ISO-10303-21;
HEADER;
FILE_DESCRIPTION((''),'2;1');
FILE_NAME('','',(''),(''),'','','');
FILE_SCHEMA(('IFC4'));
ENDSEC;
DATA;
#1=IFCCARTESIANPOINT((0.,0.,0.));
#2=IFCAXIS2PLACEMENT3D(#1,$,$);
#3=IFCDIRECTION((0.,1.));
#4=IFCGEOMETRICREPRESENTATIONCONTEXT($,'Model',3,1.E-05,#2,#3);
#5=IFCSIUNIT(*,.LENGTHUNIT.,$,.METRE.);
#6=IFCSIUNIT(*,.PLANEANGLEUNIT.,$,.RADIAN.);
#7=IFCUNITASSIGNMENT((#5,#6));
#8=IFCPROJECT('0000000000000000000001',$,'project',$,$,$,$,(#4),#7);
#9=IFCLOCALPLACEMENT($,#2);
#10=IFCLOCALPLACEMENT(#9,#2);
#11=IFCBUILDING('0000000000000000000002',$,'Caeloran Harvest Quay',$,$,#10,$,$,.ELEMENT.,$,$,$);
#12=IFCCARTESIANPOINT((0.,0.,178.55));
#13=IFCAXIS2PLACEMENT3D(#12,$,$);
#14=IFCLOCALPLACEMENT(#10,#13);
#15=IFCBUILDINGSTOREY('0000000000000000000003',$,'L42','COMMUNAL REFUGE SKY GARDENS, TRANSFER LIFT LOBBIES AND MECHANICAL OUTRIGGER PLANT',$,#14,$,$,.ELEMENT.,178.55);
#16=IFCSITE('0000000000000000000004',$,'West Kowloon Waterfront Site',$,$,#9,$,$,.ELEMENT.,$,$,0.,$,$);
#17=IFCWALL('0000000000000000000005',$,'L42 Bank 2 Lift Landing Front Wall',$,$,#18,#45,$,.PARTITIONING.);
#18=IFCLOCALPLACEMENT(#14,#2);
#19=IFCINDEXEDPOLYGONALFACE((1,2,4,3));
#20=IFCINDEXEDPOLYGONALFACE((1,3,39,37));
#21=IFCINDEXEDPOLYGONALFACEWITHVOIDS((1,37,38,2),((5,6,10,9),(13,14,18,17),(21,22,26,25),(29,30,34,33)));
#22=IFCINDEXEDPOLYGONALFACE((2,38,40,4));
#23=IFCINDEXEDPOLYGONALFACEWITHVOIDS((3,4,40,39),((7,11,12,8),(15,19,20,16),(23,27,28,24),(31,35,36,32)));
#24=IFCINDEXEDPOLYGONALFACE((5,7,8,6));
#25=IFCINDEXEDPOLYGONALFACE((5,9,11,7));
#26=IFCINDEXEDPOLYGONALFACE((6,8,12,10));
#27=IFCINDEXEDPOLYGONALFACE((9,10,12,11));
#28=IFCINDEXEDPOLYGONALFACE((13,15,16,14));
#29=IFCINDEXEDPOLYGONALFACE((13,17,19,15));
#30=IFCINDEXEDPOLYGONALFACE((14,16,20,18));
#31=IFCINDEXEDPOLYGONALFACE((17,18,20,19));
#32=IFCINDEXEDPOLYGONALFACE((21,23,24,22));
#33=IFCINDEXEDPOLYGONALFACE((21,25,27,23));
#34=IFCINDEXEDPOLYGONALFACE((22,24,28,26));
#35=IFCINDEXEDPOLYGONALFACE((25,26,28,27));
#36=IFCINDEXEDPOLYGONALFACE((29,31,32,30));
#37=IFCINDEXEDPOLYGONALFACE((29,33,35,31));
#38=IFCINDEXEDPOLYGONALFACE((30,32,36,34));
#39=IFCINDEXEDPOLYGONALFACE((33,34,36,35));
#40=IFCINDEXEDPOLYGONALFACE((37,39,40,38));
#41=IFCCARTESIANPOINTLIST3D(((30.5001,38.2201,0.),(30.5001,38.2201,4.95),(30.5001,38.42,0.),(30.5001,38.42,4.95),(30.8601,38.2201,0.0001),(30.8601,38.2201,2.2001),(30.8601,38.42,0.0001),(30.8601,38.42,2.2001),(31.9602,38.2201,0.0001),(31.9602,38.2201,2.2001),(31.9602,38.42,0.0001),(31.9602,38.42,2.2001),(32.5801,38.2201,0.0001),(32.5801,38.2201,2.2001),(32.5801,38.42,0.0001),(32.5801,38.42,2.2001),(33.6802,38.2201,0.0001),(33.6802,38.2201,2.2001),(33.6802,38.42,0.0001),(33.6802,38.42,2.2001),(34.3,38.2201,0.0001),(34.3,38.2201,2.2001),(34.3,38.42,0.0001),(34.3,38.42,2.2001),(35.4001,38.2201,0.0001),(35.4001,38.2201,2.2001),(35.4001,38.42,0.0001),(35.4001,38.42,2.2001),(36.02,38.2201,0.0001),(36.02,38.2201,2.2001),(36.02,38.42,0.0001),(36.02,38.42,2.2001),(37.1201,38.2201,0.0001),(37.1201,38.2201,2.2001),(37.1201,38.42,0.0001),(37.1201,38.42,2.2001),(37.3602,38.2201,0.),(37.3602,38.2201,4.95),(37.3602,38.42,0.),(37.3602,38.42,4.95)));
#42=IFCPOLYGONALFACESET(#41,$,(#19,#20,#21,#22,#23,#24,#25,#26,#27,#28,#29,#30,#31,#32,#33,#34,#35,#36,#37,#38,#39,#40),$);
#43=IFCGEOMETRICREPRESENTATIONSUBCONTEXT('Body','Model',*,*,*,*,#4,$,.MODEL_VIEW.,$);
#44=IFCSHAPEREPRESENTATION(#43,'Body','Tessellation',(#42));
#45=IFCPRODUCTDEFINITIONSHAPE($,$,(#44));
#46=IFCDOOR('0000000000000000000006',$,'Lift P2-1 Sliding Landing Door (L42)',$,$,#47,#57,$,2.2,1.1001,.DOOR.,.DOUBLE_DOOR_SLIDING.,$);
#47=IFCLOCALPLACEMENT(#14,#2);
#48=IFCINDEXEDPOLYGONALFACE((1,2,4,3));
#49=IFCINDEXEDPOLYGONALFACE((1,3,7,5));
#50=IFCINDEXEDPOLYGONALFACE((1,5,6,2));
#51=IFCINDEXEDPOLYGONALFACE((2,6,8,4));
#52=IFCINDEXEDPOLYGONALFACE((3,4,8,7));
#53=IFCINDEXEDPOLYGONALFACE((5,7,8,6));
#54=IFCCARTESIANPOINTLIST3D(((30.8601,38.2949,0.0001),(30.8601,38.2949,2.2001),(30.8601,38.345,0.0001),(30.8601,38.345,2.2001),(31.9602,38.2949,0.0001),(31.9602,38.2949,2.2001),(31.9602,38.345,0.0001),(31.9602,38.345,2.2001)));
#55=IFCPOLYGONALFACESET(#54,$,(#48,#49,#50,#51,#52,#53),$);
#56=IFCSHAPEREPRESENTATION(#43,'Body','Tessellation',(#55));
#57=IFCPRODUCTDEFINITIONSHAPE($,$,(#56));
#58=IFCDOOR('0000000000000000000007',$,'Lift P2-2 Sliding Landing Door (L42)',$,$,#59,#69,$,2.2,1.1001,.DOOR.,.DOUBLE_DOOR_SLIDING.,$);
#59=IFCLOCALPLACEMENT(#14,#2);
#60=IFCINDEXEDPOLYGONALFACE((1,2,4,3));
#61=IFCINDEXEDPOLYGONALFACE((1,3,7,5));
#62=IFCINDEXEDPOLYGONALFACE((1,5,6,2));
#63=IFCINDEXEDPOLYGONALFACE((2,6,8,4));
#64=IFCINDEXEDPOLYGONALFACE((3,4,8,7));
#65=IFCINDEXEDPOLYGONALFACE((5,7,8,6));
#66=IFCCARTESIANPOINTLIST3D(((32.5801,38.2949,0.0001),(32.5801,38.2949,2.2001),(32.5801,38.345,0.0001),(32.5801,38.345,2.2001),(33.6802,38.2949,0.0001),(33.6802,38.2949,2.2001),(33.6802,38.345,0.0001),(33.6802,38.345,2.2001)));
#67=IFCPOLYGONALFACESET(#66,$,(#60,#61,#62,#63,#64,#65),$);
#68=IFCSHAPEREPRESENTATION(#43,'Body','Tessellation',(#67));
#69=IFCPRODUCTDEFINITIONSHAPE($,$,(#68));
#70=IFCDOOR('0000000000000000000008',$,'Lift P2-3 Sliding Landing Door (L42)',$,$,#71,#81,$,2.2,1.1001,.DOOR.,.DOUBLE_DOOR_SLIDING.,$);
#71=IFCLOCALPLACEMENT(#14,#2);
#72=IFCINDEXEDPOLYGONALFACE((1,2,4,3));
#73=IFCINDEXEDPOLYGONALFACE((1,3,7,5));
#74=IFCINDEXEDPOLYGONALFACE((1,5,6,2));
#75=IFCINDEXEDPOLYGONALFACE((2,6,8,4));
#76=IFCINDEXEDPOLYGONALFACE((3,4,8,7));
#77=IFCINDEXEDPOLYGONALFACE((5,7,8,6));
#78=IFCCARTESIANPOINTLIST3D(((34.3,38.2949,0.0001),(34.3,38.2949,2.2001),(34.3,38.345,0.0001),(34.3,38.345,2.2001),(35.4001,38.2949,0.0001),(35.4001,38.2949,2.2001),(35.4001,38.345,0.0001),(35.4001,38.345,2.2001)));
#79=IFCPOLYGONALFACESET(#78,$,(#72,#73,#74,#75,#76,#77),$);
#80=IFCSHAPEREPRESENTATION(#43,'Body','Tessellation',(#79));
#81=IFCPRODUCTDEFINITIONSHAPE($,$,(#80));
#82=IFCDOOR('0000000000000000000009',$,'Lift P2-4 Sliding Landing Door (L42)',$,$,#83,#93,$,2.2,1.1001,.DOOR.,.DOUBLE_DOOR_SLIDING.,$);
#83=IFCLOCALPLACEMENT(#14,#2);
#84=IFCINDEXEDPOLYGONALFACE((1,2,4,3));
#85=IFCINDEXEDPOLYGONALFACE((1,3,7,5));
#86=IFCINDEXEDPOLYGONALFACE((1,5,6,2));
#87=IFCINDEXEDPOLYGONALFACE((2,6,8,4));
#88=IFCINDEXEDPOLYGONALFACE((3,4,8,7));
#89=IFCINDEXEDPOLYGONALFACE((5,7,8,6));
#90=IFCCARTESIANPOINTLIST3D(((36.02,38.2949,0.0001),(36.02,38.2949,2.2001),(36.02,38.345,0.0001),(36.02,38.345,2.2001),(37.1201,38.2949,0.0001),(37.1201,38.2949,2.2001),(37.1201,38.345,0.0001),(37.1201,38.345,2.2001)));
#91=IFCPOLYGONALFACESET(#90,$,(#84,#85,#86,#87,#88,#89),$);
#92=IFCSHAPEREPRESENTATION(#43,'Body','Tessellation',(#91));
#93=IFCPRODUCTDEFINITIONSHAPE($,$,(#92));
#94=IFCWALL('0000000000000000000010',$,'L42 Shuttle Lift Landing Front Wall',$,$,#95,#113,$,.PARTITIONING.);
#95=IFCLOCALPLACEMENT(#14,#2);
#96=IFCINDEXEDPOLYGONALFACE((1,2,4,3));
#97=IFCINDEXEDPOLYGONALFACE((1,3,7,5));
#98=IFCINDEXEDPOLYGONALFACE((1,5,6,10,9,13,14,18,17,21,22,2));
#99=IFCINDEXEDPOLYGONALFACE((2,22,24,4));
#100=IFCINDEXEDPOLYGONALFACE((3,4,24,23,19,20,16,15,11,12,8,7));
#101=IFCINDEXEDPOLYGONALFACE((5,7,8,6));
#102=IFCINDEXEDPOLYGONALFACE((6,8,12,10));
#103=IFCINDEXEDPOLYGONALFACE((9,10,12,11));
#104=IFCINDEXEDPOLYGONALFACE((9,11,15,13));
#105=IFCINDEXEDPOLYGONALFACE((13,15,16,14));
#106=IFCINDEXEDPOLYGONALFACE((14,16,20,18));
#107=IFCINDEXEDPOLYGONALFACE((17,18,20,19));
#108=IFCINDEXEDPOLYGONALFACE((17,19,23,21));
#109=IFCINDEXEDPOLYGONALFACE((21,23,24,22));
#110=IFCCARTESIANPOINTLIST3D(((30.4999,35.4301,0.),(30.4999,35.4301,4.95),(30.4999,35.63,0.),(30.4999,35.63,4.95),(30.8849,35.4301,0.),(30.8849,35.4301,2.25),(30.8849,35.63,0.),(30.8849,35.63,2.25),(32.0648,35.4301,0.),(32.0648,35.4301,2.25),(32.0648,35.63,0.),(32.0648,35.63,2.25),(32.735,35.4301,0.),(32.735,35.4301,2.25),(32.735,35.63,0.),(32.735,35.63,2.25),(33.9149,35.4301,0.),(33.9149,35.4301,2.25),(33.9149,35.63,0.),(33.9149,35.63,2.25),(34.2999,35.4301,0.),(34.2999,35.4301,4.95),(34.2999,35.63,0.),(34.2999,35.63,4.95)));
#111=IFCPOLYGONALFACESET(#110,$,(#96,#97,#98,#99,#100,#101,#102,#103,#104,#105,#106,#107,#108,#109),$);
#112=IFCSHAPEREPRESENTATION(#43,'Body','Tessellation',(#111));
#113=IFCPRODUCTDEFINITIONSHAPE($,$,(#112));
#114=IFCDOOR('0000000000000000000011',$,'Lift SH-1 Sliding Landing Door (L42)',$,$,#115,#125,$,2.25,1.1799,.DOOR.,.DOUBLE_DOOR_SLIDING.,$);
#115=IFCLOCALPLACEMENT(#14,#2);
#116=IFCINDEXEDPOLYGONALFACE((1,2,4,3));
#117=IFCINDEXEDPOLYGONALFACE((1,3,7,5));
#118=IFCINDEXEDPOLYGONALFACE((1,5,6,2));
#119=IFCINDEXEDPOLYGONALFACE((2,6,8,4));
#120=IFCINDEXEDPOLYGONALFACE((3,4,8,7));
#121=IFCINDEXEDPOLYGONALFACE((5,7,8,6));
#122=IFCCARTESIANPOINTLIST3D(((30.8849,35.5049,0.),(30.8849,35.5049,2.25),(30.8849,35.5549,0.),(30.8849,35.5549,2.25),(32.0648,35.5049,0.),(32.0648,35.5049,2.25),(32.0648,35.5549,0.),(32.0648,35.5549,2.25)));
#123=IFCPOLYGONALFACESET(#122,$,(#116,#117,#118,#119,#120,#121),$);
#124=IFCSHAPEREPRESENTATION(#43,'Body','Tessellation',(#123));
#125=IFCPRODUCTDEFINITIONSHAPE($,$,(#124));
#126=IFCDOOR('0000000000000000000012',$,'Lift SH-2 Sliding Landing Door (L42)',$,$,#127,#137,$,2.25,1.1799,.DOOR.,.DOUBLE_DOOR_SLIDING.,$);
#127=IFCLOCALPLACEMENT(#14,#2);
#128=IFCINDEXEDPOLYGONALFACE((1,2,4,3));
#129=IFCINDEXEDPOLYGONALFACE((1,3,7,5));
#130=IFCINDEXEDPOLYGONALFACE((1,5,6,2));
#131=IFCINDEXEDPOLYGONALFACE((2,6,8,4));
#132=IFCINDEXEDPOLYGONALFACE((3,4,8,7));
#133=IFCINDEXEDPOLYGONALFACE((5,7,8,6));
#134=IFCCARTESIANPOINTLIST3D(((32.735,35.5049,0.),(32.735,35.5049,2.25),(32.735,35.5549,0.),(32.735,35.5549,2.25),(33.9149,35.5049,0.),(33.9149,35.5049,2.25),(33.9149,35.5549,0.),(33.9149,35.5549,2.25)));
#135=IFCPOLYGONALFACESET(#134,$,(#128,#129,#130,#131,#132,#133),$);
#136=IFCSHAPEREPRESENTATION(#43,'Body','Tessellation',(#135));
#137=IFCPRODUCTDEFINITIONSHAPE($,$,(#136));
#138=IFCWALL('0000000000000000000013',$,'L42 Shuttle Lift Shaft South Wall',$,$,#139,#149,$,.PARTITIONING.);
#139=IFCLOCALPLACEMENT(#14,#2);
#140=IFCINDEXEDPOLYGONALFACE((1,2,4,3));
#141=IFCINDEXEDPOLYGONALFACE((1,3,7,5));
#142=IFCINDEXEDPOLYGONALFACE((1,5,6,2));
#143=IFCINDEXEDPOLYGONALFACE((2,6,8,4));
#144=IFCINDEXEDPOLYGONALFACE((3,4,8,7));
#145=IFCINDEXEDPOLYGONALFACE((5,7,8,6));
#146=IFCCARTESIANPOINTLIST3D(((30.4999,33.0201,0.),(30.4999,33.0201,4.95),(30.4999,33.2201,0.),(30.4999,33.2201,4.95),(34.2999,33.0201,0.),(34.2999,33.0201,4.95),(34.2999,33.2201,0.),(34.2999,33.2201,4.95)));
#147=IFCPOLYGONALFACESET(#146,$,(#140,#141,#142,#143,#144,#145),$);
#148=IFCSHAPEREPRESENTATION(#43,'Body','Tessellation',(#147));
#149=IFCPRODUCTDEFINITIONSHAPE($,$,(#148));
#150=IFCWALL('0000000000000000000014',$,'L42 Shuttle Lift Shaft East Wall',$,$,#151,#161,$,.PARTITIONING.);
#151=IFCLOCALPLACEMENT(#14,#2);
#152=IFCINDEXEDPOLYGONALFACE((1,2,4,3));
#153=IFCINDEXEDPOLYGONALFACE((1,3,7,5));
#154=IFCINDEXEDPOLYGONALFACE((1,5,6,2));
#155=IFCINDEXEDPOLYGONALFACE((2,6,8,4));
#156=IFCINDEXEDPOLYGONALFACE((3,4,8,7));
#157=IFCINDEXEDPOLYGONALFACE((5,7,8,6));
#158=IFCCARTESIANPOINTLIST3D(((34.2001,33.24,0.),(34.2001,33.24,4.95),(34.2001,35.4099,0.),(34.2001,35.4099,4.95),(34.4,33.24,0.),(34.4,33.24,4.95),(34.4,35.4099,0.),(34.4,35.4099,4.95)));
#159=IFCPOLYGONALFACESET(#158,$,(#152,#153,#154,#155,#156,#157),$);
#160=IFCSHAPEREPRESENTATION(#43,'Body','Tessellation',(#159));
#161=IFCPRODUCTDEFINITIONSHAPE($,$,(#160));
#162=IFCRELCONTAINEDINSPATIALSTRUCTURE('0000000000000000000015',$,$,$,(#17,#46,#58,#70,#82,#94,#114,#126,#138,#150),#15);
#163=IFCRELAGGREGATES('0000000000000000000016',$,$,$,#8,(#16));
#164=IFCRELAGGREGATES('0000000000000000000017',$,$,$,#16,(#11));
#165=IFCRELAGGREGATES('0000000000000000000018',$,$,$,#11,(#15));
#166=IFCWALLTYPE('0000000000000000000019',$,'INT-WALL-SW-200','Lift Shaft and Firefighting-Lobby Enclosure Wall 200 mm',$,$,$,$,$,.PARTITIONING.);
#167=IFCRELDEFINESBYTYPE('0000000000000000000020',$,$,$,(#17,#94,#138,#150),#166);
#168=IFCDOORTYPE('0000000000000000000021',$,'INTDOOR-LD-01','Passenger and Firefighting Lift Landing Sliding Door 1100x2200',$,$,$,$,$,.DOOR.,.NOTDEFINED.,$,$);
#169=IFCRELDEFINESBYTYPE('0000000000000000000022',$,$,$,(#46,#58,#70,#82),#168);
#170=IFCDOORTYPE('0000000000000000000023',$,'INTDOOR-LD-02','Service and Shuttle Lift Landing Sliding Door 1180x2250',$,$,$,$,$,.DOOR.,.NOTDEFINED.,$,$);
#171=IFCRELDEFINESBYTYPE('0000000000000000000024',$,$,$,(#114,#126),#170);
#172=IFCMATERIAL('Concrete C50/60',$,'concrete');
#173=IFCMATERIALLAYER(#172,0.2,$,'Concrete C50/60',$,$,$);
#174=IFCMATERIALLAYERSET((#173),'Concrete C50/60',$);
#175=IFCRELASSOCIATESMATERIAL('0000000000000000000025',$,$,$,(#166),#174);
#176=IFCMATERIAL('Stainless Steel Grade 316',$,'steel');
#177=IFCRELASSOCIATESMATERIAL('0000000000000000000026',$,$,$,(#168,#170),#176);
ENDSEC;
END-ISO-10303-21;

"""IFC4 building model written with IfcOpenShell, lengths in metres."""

from ifc_helpers import new_model, si_unit, direction, frame, frame_2d, origin, place, context, subcontext, project, spatial, rectangle, extrude, material, layer, layer_set, type_object, element, fill, save


model = new_model("IFC4")

# Units and contexts
model_context = context("Model", 3, precision=1e-05, world=origin(), true_north=direction((0.0, 1.0)))
body_context = subcontext(model_context, "Body", "Model", "MODEL_VIEW")
ifc_project = project(units=[si_unit("LENGTHUNIT", "METRE"), si_unit("PLANEANGLEUNIT", "RADIAN")], contexts=[model_context])

# Site, building, storey
site_placement = place(None, origin())
site = spatial("IfcSite", under=ifc_project, at=site_placement, Name="West Kowloon Waterfront Site", CompositionType="ELEMENT", RefElevation=0.0)
building_placement = place(site_placement, origin())
building = spatial("IfcBuilding", under=site, at=building_placement, Name="Caeloran Harvest Quay", CompositionType="ELEMENT")
storey_placement = place(building_placement, frame((0.0, 0.0, 178.55)))
storey = spatial("IfcBuildingStorey", under=building, at=storey_placement, Name="L42", Description="COMMUNAL REFUGE SKY GARDENS, TRANSFER LIFT LOBBIES AND MECHANICAL OUTRIGGER PLANT", CompositionType="ELEMENT", Elevation=178.55)

# Shared definitions
ifc_material_1 = material(Name="Concrete C50/60", Category="concrete")
ifc_layer_1 = layer(ifc_material_1, 0.2, Name="Concrete C50/60")
ifc_layer_set_1 = layer_set([ifc_layer_1], Name="Concrete C50/60")
wall_type_1 = type_object("IfcWallType", Name="INT-WALL-SW-200", Description="Lift Shaft and Firefighting-Lobby Enclosure Wall 200 mm", PredefinedType="PARTITIONING", material=ifc_layer_set_1)

# Walls, openings, doors
wall_1_placement = place(storey_placement, frame((30.5, 38.3201, 0.0), z_axis=(0.0, 0.0, 1.0), x_axis=(1.0, 0.0, 0.0)))
wall_1 = element("IfcWall", 1, at=wall_1_placement, inside=storey, type_object=wall_type_1, Name="L42 Bank 2 Lift Landing Front Wall", PredefinedType="PARTITIONING", context=body_context, shape_type="SweptSolid", body=[
    extrude(rectangle(XDim=6.8601, YDim=0.2, at=frame_2d((3.4302, 0.0))), origin(), (0.0, 0.0, 1.0), 4.95),
])
opening_1_placement = place(wall_1_placement, frame((0.3601, 0.0, 0.0)))
opening_1 = element("IfcOpeningElement", 2, at=opening_1_placement, cuts=wall_1, PredefinedType="OPENING", context=body_context, shape_type="SweptSolid", body=[
    extrude(rectangle(XDim=1.1001, YDim=2.2, at=frame_2d((0.55, 1.1001))), frame((0.0, 0.1099, 0.0), z_axis=(0.0, -1.0, 0.0), x_axis=(1.0, 0.0, 0.0)), (0.0, 0.0, 1.0), 0.22),
])
opening_2_placement = place(wall_1_placement, frame((2.0801, 0.0, 0.0)))
opening_2 = element("IfcOpeningElement", 3, at=opening_2_placement, cuts=wall_1, PredefinedType="OPENING", context=body_context, shape_type="SweptSolid", body=[
    extrude(rectangle(XDim=1.1001, YDim=2.2, at=frame_2d((0.55, 1.1001))), frame((0.0, 0.1099, 0.0), z_axis=(0.0, -1.0, 0.0), x_axis=(1.0, 0.0, 0.0)), (0.0, 0.0, 1.0), 0.22),
])
opening_3_placement = place(wall_1_placement, frame((3.8, 0.0, 0.0)))
opening_3 = element("IfcOpeningElement", 4, at=opening_3_placement, cuts=wall_1, PredefinedType="OPENING", context=body_context, shape_type="SweptSolid", body=[
    extrude(rectangle(XDim=1.1001, YDim=2.2, at=frame_2d((0.55, 1.1001))), frame((0.0, 0.1099, 0.0), z_axis=(0.0, -1.0, 0.0), x_axis=(1.0, 0.0, 0.0)), (0.0, 0.0, 1.0), 0.22),
])
opening_4_placement = place(wall_1_placement, frame((5.52, 0.0, 0.0)))
opening_4 = element("IfcOpeningElement", 5, at=opening_4_placement, cuts=wall_1, PredefinedType="OPENING", context=body_context, shape_type="SweptSolid", body=[
    extrude(rectangle(XDim=1.1001, YDim=2.2, at=frame_2d((0.55, 1.1001))), frame((0.0, 0.1099, 0.0), z_axis=(0.0, -1.0, 0.0), x_axis=(1.0, 0.0, 0.0)), (0.0, 0.0, 1.0), 0.22),
])
ifc_material_2 = material(Name="Stainless Steel Grade 316", Category="steel")
door_type_1 = type_object("IfcDoorType", Name="INTDOOR-LD-01", Description="Passenger and Firefighting Lift Landing Sliding Door 1100x2200", OperationType="NOTDEFINED", PredefinedType="DOOR", material=ifc_material_2)
door_1_placement = place(opening_1_placement, origin())
door_1 = element("IfcDoor", 6, at=door_1_placement, inside=storey, type_object=door_type_1, Name="Lift P2-1 Sliding Landing Door (L42)", OperationType="DOUBLE_DOOR_SLIDING", OverallHeight=2.2, OverallWidth=1.1001, PredefinedType="DOOR", context=body_context, shape_type="SweptSolid", body=[
    extrude(rectangle(XDim=1.1001, YDim=2.2, at=frame_2d((0.55, 1.1001))), frame((0.0, 0.0249, 0.0), z_axis=(0.0, -1.0, 0.0), x_axis=(1.0, 0.0, 0.0)), (0.0, 0.0, 1.0), 0.05),
])
fill(opening_1, door_1)
door_2_placement = place(opening_2_placement, origin())
door_2 = element("IfcDoor", 7, at=door_2_placement, inside=storey, type_object=door_type_1, Name="Lift P2-2 Sliding Landing Door (L42)", OperationType="DOUBLE_DOOR_SLIDING", OverallHeight=2.2, OverallWidth=1.1001, PredefinedType="DOOR", context=body_context, shape_type="SweptSolid", body=[
    extrude(rectangle(XDim=1.1001, YDim=2.2, at=frame_2d((0.55, 1.1001))), frame((0.0, 0.0249, 0.0), z_axis=(0.0, -1.0, 0.0), x_axis=(1.0, 0.0, 0.0)), (0.0, 0.0, 1.0), 0.05),
])
fill(opening_2, door_2)
door_3_placement = place(opening_3_placement, origin())
door_3 = element("IfcDoor", 8, at=door_3_placement, inside=storey, type_object=door_type_1, Name="Lift P2-3 Sliding Landing Door (L42)", OperationType="DOUBLE_DOOR_SLIDING", OverallHeight=2.2, OverallWidth=1.1001, PredefinedType="DOOR", context=body_context, shape_type="SweptSolid", body=[
    extrude(rectangle(XDim=1.1001, YDim=2.2, at=frame_2d((0.55, 1.1001))), frame((0.0, 0.0249, 0.0), z_axis=(0.0, -1.0, 0.0), x_axis=(1.0, 0.0, 0.0)), (0.0, 0.0, 1.0), 0.05),
])
fill(opening_3, door_3)
door_4_placement = place(opening_4_placement, origin())
door_4 = element("IfcDoor", 9, at=door_4_placement, inside=storey, type_object=door_type_1, Name="Lift P2-4 Sliding Landing Door (L42)", OperationType="DOUBLE_DOOR_SLIDING", OverallHeight=2.2, OverallWidth=1.1001, PredefinedType="DOOR", context=body_context, shape_type="SweptSolid", body=[
    extrude(rectangle(XDim=1.1001, YDim=2.2, at=frame_2d((0.55, 1.1001))), frame((0.0, 0.0249, 0.0), z_axis=(0.0, -1.0, 0.0), x_axis=(1.0, 0.0, 0.0)), (0.0, 0.0, 1.0), 0.05),
])
fill(opening_4, door_4)
wall_2_placement = place(storey_placement, frame((30.5, 35.53, 0.0), z_axis=(0.0, 0.0, 1.0), x_axis=(1.0, 0.0, 0.0)))
wall_2 = element("IfcWall", 10, at=wall_2_placement, inside=storey, type_object=wall_type_1, Name="L42 Shuttle Lift Landing Front Wall", PredefinedType="PARTITIONING", context=body_context, shape_type="SweptSolid", body=[
    extrude(rectangle(XDim=3.8, YDim=0.2, at=frame_2d((1.8999, 0.0))), origin(), (0.0, 0.0, 1.0), 4.95),
])
opening_5_placement = place(wall_2_placement, frame((0.385, 0.0, 0.0)))
opening_5 = element("IfcOpeningElement", 11, at=opening_5_placement, cuts=wall_2, PredefinedType="OPENING", context=body_context, shape_type="SweptSolid", body=[
    extrude(rectangle(XDim=1.1799, YDim=2.25, at=frame_2d((0.5898, 1.125))), frame((0.0, 0.1099, 0.0), z_axis=(0.0, -1.0, 0.0), x_axis=(1.0, 0.0, 0.0)), (0.0, 0.0, 1.0), 0.22),
])
opening_6_placement = place(wall_2_placement, frame((2.2351, 0.0, 0.0)))
opening_6 = element("IfcOpeningElement", 12, at=opening_6_placement, cuts=wall_2, PredefinedType="OPENING", context=body_context, shape_type="SweptSolid", body=[
    extrude(rectangle(XDim=1.1799, YDim=2.25, at=frame_2d((0.5898, 1.125))), frame((0.0, 0.1099, 0.0), z_axis=(0.0, -1.0, 0.0), x_axis=(1.0, 0.0, 0.0)), (0.0, 0.0, 1.0), 0.22),
])
door_type_2 = type_object("IfcDoorType", Name="INTDOOR-LD-02", Description="Service and Shuttle Lift Landing Sliding Door 1180x2250", OperationType="NOTDEFINED", PredefinedType="DOOR", material=ifc_material_2)
door_5_placement = place(opening_5_placement, origin())
door_5 = element("IfcDoor", 13, at=door_5_placement, inside=storey, type_object=door_type_2, Name="Lift SH-1 Sliding Landing Door (L42)", OperationType="DOUBLE_DOOR_SLIDING", OverallHeight=2.25, OverallWidth=1.1799, PredefinedType="DOOR", context=body_context, shape_type="SweptSolid", body=[
    extrude(rectangle(XDim=1.1799, YDim=2.25, at=frame_2d((0.5898, 1.125))), frame((0.0, 0.0249, 0.0), z_axis=(0.0, -1.0, 0.0), x_axis=(1.0, 0.0, 0.0)), (0.0, 0.0, 1.0), 0.05),
])
fill(opening_5, door_5)
door_6_placement = place(opening_6_placement, origin())
door_6 = element("IfcDoor", 14, at=door_6_placement, inside=storey, type_object=door_type_2, Name="Lift SH-2 Sliding Landing Door (L42)", OperationType="DOUBLE_DOOR_SLIDING", OverallHeight=2.25, OverallWidth=1.1799, PredefinedType="DOOR", context=body_context, shape_type="SweptSolid", body=[
    extrude(rectangle(XDim=1.1799, YDim=2.25, at=frame_2d((0.5898, 1.125))), frame((0.0, 0.0249, 0.0), z_axis=(0.0, -1.0, 0.0), x_axis=(1.0, 0.0, 0.0)), (0.0, 0.0, 1.0), 0.05),
])
fill(opening_6, door_6)

# Walls
wall_3_placement = place(storey_placement, frame((30.5, 33.1201, 0.0), z_axis=(0.0, 0.0, 1.0), x_axis=(1.0, 0.0, 0.0)))
element("IfcWall", 15, at=wall_3_placement, inside=storey, type_object=wall_type_1, Name="L42 Shuttle Lift Shaft South Wall", PredefinedType="PARTITIONING", context=body_context, shape_type="SweptSolid", body=[
    extrude(rectangle(XDim=3.8, YDim=0.2, at=frame_2d((1.8999, 0.0))), origin(), (0.0, 0.0, 1.0), 4.95),
])
wall_4_placement = place(storey_placement, frame((34.3, 33.24, 0.0), z_axis=(0.0, 0.0, 1.0), x_axis=(0.0, 1.0, 0.0)))
element("IfcWall", 16, at=wall_4_placement, inside=storey, type_object=wall_type_1, Name="L42 Shuttle Lift Shaft East Wall", PredefinedType="PARTITIONING", context=body_context, shape_type="SweptSolid", body=[
    extrude(rectangle(XDim=2.1699, YDim=0.2, at=frame_2d((1.085, 0.0))), origin(), (0.0, 0.0, 1.0), 4.95),
])

save(model, "model.ifc")
